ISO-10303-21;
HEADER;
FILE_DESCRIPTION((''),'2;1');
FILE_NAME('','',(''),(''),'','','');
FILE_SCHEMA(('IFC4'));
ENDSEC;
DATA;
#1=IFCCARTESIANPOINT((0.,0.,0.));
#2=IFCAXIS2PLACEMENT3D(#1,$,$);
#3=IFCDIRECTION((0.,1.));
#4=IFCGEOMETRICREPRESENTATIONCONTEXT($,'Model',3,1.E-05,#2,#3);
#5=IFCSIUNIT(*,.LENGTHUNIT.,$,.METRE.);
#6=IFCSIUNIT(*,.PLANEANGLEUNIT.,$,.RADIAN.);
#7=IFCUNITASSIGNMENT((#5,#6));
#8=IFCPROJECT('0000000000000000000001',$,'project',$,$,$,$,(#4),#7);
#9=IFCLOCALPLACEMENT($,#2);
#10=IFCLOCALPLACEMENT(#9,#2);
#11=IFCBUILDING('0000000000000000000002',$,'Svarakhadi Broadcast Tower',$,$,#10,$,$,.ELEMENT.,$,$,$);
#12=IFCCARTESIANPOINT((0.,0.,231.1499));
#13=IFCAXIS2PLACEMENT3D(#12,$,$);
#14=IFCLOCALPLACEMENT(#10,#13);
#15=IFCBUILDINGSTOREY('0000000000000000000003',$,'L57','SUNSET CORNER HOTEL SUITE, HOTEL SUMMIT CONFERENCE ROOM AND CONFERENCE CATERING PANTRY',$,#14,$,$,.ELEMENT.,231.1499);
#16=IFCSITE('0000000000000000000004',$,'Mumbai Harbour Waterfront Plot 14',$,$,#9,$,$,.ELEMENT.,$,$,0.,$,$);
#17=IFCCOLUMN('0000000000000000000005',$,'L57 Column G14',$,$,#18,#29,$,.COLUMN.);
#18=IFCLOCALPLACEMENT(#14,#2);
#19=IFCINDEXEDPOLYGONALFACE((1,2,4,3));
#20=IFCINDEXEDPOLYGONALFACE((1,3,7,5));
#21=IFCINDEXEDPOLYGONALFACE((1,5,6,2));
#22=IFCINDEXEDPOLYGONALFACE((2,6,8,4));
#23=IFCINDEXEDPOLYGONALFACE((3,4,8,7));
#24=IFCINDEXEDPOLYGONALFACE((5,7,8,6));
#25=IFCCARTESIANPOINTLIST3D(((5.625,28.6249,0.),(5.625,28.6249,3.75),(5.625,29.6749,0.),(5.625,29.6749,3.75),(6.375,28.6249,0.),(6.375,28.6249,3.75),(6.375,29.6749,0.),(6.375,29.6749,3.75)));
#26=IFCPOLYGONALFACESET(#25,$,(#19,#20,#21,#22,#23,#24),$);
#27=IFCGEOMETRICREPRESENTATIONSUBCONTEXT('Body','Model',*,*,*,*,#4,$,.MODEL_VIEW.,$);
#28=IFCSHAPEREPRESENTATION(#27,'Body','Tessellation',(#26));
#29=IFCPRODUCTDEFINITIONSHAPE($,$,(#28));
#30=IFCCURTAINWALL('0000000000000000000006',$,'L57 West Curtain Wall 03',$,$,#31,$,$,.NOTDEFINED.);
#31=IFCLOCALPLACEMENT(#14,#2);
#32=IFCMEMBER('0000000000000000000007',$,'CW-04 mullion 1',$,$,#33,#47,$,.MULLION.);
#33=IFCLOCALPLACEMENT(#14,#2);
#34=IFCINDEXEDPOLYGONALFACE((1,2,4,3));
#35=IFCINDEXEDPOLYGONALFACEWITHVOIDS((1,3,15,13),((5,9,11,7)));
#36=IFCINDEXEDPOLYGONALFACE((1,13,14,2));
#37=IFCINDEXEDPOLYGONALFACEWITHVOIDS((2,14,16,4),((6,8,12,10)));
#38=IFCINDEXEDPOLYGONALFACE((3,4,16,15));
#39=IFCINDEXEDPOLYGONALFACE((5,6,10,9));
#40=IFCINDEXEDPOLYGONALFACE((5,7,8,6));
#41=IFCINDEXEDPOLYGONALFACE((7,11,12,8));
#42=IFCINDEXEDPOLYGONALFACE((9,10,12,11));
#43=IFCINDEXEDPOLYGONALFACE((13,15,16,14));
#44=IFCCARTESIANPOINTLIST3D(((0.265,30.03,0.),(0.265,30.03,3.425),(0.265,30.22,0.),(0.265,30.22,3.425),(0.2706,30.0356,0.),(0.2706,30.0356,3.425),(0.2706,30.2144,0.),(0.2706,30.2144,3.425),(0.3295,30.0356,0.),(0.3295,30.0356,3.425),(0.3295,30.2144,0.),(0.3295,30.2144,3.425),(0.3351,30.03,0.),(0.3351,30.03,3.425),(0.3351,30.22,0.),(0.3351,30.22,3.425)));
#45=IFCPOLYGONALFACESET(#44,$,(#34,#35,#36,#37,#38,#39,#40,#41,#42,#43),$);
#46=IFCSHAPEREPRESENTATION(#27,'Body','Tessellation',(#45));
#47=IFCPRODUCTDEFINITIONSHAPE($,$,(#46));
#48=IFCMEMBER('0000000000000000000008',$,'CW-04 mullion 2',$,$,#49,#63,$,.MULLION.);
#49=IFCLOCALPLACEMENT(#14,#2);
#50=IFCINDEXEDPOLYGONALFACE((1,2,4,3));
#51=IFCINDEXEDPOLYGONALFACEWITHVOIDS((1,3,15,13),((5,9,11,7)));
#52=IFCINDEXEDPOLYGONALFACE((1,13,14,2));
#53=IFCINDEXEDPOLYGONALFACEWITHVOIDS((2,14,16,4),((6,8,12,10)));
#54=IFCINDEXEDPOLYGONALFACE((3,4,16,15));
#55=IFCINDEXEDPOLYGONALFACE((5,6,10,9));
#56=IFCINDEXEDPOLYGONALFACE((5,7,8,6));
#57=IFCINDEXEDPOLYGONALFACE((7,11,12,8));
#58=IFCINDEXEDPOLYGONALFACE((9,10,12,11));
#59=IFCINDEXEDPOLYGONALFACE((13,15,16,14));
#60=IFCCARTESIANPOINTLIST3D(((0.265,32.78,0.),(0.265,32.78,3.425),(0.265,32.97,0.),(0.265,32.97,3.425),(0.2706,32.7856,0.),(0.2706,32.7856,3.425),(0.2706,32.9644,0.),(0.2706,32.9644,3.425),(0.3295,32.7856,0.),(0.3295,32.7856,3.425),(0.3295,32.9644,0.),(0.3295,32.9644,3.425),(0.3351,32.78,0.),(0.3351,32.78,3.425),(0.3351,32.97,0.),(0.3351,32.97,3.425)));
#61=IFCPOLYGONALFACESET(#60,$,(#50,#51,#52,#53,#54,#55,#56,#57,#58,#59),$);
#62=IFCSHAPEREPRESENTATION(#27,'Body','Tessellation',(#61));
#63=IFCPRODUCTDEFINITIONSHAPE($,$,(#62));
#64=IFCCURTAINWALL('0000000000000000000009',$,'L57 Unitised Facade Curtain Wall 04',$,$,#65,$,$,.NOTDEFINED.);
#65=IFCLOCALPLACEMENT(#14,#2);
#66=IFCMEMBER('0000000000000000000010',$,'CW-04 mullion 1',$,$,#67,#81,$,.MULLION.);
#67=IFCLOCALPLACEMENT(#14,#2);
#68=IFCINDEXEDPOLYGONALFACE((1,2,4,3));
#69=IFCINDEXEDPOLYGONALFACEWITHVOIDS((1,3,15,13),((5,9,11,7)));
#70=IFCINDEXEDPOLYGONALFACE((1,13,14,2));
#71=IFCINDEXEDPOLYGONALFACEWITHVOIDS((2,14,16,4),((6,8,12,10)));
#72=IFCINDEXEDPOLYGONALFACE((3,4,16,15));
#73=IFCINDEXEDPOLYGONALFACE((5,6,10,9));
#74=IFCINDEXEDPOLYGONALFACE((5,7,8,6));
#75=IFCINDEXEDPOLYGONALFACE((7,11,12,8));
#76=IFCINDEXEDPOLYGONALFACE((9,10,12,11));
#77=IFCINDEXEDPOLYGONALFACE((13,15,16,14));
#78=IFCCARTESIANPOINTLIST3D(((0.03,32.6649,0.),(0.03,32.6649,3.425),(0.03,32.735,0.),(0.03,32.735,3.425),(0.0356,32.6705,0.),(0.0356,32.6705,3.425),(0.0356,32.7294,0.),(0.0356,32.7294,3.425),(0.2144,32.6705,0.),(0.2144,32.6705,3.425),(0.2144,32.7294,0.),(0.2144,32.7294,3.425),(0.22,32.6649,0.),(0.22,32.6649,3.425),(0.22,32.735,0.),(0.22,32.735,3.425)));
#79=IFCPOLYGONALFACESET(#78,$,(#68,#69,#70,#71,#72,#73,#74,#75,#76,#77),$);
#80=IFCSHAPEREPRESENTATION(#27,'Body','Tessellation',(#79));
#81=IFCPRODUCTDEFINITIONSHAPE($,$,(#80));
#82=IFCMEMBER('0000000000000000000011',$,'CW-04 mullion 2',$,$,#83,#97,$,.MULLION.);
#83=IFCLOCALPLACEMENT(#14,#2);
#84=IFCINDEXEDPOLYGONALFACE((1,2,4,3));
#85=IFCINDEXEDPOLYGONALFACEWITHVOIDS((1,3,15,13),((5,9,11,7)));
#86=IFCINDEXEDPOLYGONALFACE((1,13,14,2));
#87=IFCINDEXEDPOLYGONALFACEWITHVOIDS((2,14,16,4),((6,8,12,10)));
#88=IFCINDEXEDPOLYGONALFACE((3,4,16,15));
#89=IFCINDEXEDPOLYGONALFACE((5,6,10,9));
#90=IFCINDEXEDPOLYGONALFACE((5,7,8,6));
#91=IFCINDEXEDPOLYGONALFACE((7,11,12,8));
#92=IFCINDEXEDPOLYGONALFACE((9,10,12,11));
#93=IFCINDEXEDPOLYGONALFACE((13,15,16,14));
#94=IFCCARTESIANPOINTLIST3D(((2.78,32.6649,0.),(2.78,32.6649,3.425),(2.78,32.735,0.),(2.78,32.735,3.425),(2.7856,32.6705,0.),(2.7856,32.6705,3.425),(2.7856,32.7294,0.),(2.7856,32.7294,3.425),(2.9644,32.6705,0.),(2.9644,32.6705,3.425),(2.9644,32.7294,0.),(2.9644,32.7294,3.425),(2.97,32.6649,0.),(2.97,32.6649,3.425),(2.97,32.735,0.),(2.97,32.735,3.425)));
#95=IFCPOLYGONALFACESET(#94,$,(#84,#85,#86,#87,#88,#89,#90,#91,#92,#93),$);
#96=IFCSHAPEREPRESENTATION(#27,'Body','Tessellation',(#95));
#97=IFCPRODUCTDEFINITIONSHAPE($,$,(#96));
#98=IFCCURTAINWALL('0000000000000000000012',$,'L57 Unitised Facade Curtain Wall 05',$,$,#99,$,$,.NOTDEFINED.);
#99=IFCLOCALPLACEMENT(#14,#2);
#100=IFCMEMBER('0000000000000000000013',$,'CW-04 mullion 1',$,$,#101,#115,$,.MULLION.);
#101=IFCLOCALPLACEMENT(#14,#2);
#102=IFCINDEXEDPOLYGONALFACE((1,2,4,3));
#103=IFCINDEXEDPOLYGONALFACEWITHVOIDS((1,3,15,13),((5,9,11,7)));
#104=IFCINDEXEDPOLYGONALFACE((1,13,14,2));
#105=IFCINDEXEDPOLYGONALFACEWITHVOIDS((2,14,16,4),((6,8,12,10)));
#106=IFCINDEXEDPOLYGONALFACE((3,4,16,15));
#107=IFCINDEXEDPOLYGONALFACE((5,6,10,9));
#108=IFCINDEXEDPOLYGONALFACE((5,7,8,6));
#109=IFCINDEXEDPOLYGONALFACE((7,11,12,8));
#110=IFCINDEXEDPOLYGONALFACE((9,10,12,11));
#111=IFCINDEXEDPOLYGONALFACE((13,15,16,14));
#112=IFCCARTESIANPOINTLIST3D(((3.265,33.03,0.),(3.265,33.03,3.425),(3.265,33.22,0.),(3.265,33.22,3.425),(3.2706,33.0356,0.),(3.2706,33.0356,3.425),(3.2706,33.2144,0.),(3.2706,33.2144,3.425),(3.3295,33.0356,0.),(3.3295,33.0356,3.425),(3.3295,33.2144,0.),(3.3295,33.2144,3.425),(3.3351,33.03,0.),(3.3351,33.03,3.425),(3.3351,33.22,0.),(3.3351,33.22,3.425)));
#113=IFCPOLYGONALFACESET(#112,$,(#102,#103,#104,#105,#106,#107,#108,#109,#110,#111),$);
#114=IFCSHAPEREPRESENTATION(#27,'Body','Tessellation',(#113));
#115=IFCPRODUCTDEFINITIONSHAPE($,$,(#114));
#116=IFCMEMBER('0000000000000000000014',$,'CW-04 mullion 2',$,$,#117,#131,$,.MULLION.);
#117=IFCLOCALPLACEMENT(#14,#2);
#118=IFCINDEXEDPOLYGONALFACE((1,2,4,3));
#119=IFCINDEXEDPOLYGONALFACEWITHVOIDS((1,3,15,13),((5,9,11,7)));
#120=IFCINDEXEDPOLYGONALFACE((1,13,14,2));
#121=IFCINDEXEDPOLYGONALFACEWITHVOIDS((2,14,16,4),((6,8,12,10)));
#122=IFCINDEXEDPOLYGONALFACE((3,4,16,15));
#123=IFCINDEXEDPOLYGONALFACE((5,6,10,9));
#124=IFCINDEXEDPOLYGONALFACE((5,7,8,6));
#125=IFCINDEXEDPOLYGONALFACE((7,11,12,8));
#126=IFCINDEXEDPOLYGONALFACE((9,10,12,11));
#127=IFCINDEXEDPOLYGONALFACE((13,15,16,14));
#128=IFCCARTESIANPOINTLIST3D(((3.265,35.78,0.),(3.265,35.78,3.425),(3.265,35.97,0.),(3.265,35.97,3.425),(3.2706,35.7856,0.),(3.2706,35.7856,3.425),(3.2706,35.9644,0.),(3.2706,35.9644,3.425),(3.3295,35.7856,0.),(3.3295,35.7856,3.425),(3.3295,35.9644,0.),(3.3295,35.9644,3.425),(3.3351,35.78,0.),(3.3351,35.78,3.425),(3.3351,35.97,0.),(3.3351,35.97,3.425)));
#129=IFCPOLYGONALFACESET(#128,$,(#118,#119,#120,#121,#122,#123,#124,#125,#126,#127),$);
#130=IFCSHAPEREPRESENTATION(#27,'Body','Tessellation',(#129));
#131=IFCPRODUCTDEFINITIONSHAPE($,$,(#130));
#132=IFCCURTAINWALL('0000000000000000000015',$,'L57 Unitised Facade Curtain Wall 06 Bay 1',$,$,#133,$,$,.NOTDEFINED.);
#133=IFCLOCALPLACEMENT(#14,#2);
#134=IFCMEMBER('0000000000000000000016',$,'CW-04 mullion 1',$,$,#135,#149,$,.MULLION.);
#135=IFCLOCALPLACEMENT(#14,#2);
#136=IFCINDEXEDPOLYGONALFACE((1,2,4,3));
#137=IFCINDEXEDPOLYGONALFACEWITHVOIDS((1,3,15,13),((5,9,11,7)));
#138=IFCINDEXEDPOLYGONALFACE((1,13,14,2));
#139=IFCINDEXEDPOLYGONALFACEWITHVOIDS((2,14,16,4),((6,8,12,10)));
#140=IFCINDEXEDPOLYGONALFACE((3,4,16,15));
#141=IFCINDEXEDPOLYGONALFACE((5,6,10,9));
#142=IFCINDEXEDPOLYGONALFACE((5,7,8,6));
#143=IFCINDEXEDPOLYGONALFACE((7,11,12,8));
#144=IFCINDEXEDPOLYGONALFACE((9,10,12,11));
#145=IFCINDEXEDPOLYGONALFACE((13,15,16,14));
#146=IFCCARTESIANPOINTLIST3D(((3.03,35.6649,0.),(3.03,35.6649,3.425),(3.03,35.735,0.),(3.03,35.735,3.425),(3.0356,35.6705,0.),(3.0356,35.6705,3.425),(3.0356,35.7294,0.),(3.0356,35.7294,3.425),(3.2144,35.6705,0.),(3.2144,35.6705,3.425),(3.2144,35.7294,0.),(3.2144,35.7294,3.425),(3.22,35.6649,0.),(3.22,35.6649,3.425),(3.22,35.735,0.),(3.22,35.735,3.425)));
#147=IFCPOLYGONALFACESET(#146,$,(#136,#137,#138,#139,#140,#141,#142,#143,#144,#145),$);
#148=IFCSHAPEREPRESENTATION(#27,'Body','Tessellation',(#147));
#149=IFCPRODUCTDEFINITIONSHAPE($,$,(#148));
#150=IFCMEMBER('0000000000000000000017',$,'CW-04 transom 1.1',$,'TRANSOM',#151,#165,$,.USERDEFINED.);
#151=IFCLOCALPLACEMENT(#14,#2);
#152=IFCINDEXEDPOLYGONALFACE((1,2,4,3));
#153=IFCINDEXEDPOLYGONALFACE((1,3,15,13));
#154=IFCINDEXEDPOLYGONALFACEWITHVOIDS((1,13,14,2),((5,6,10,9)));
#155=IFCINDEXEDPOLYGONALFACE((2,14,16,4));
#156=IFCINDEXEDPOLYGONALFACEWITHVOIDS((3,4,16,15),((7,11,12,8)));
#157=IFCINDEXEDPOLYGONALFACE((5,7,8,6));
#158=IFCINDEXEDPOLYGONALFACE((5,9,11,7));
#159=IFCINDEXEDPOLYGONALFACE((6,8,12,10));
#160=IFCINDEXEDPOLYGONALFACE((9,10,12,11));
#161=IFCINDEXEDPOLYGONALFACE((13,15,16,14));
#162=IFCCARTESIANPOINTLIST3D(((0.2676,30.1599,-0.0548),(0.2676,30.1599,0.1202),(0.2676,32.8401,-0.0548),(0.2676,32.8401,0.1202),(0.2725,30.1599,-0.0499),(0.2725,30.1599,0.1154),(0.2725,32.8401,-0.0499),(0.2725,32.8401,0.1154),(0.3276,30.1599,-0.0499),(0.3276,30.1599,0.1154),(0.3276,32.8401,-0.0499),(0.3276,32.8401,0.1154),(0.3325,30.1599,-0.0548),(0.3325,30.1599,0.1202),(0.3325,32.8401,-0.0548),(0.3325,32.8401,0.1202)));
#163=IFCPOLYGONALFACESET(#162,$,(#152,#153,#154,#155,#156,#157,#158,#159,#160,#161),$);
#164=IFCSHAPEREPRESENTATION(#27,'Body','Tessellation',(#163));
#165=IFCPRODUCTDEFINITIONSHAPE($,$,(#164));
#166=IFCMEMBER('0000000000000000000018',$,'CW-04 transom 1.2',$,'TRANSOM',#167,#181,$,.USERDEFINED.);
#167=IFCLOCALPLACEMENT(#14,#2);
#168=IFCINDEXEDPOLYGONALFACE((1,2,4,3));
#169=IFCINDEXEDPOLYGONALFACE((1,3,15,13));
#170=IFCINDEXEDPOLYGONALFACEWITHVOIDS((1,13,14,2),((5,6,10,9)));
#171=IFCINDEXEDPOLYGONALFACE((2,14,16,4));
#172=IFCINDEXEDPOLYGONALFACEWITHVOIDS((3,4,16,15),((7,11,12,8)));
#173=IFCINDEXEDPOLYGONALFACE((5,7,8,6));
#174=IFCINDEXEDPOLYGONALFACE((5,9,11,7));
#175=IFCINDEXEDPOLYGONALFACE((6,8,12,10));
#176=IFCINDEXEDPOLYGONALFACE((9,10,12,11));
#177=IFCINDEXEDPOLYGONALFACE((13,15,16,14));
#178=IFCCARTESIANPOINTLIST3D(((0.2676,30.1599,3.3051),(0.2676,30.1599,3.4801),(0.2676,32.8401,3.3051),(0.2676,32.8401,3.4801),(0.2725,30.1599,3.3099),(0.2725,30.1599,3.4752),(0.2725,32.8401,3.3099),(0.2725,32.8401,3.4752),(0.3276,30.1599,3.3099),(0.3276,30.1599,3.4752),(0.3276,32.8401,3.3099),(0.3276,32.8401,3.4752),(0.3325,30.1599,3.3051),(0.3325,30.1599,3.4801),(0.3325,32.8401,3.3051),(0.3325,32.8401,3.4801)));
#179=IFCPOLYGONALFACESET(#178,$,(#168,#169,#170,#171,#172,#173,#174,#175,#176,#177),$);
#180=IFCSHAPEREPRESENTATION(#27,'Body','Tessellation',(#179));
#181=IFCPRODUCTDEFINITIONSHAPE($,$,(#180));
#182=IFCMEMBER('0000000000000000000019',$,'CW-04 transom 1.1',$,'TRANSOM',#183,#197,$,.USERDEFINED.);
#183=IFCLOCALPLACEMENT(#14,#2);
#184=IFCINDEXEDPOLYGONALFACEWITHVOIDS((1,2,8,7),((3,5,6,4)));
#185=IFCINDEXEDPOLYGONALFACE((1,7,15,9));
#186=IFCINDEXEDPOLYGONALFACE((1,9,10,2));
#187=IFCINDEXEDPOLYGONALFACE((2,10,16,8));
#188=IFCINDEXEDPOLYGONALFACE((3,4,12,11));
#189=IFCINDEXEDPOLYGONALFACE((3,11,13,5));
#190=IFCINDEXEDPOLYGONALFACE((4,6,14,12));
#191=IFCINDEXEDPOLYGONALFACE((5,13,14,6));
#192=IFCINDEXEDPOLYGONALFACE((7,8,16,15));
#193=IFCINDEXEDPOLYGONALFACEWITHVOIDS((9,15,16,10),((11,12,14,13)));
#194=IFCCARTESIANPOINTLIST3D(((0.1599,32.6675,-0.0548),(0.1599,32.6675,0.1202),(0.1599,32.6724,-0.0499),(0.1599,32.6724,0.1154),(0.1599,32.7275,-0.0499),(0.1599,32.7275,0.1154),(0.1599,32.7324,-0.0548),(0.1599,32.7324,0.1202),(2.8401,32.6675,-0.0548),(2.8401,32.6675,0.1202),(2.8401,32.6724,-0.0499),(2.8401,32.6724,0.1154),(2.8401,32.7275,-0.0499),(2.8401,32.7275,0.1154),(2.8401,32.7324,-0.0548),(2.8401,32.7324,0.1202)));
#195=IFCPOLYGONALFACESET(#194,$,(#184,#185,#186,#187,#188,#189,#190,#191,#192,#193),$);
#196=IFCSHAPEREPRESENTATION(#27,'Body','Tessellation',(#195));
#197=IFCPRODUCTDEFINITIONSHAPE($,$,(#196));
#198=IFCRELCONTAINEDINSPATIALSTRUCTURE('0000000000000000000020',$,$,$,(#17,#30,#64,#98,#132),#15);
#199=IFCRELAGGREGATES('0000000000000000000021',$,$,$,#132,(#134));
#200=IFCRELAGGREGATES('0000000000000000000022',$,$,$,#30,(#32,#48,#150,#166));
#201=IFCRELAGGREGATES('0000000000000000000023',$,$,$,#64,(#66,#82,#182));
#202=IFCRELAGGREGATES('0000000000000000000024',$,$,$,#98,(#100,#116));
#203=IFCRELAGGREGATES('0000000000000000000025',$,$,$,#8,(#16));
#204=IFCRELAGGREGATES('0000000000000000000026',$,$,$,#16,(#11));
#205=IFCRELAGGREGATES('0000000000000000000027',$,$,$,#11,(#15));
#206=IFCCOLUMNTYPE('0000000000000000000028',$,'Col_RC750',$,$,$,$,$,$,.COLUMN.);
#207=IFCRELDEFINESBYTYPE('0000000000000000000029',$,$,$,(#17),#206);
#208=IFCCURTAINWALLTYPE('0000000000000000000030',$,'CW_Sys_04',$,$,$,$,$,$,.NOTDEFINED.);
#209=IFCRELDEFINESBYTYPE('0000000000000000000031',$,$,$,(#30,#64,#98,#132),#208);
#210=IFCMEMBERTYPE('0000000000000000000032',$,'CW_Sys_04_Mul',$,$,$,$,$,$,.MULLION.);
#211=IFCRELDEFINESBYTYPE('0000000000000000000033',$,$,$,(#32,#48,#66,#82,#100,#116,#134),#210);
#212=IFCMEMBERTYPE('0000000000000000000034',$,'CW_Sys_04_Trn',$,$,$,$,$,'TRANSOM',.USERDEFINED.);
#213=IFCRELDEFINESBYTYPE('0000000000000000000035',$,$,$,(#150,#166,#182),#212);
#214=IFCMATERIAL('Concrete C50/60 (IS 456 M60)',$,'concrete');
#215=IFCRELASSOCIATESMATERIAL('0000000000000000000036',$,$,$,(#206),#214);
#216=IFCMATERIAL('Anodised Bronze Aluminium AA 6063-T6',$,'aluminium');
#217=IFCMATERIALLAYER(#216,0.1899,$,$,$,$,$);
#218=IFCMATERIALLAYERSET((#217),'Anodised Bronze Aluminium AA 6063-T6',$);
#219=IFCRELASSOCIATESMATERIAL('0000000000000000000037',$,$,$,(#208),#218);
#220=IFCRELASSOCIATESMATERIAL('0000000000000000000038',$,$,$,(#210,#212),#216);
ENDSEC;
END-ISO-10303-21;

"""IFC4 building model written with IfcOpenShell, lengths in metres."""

from ifc_helpers import new_model, si_unit, direction, frame, origin, origin_2d, place, context, subcontext, project, spatial, rectangle, hollow_rectangle, extrude, material, layer, layer_set, material_profile, profile_set, type_object, element, aggregate, save


model = new_model("IFC4")

# Units and contexts
model_context = context("Model", 3, precision=1e-05, world=origin(), true_north=direction((0.0, 1.0)))
body_context = subcontext(model_context, "Body", "Model", "MODEL_VIEW")
ifc_project = project(units=[si_unit("LENGTHUNIT", "METRE"), si_unit("PLANEANGLEUNIT", "RADIAN")], contexts=[model_context])

# Site, building, storey
site_placement = place(None, origin())
site = spatial("IfcSite", under=ifc_project, at=site_placement, Name="Mumbai Harbour Waterfront Plot 14", CompositionType="ELEMENT", RefElevation=0.0)
building_placement = place(site_placement, origin())
building = spatial("IfcBuilding", under=site, at=building_placement, Name="Svarakhadi Broadcast Tower", CompositionType="ELEMENT")
storey_placement = place(building_placement, frame((0.0, 0.0, 231.1499)))
storey = spatial("IfcBuildingStorey", under=building, at=storey_placement, Name="L57", Description="SUNSET CORNER HOTEL SUITE, HOTEL SUMMIT CONFERENCE ROOM AND CONFERENCE CATERING PANTRY", CompositionType="ELEMENT", Elevation=231.1499)

# Column
ifc_material_1 = material(Name="Concrete C50/60 (IS 456 M60)", Category="concrete")
ifc_material_profile_1 = material_profile(ifc_material_1, rectangle(XDim=0.75, YDim=1.05, at=origin_2d()), Name="RC 750x1050")
ifc_profile_set_1 = profile_set([ifc_material_profile_1], Name="Concrete C50/60 (IS 456 M60)")
column_type = type_object("IfcColumnType", Name="Col_RC750", PredefinedType="COLUMN", material=ifc_profile_set_1)
column_placement = place(storey_placement, frame((6.0, 29.1499, 0.0), z_axis=(0.0, 0.0, 1.0), x_axis=(1.0, 0.0, 0.0)))
element("IfcColumn", 1, at=column_placement, inside=storey, type_object=column_type, Name="L57 Column G14", PredefinedType="COLUMN", context=body_context, shape_type="SweptSolid", body=[
    extrude(rectangle(XDim=0.75, YDim=1.05, at=origin_2d()), origin(), (0.0, 0.0, 1.0), 3.75),
])

# Curtain walls, members
ifc_material_2 = material(Name="Anodised Bronze Aluminium AA 6063-T6", Category="aluminium")
ifc_layer_1 = layer(ifc_material_2, 0.1899)
ifc_layer_set_1 = layer_set([ifc_layer_1], Name="Anodised Bronze Aluminium AA 6063-T6")
curtain_wall_type = type_object("IfcCurtainWallType", Name="CW_Sys_04", PredefinedType="NOTDEFINED", material=ifc_layer_set_1)
curtain_wall_1_placement = place(storey_placement, origin())
curtain_wall_1 = element("IfcCurtainWall", 2, at=curtain_wall_1_placement, inside=storey, type_object=curtain_wall_type, Name="L57 West Curtain Wall 03", PredefinedType="NOTDEFINED")
ifc_material_profile_2 = material_profile(ifc_material_2, hollow_rectangle(XDim=0.0701, YDim=0.1899, WallThickness=0.0056, at=origin_2d()), Name="ALU MULLION 190x70x6")
ifc_profile_set_2 = profile_set([ifc_material_profile_2], Name="Anodised Bronze Aluminium AA 6063-T6")
member_type_1 = type_object("IfcMemberType", Name="CW_Sys_04_Mul", PredefinedType="MULLION", material=ifc_profile_set_2)
member_1_placement = place(storey_placement, frame((0.3, 30.125, 0.0), z_axis=(0.0, 0.0, 1.0), x_axis=(-1.0, 0.0, 0.0)))
member_1 = element("IfcMember", 3, at=member_1_placement, type_object=member_type_1, Name="CW-04 mullion 1", PredefinedType="MULLION", context=body_context, shape_type="SweptSolid", body=[
    extrude(hollow_rectangle(XDim=0.0701, YDim=0.1899, WallThickness=0.0056, at=origin_2d()), origin(), (0.0, 0.0, 1.0), 3.425),
])
member_2_placement = place(storey_placement, frame((0.3, 32.875, 0.0), z_axis=(0.0, 0.0, 1.0), x_axis=(-1.0, 0.0, 0.0)))
member_2 = element("IfcMember", 4, at=member_2_placement, type_object=member_type_1, Name="CW-04 mullion 2", PredefinedType="MULLION", context=body_context, shape_type="SweptSolid", body=[
    extrude(hollow_rectangle(XDim=0.0701, YDim=0.1899, WallThickness=0.0056, at=origin_2d()), origin(), (0.0, 0.0, 1.0), 3.425),
])
curtain_wall_2_placement = place(storey_placement, origin())
curtain_wall_2 = element("IfcCurtainWall", 5, at=curtain_wall_2_placement, inside=storey, type_object=curtain_wall_type, Name="L57 Unitised Facade Curtain Wall 04", PredefinedType="NOTDEFINED")
member_3_placement = place(storey_placement, frame((0.125, 32.7, 0.0), z_axis=(0.0, 0.0, 1.0), x_axis=(0.0, 1.0, 0.0)))
member_3 = element("IfcMember", 6, at=member_3_placement, type_object=member_type_1, Name="CW-04 mullion 1", PredefinedType="MULLION", context=body_context, shape_type="SweptSolid", body=[
    extrude(hollow_rectangle(XDim=0.0701, YDim=0.1899, WallThickness=0.0056, at=origin_2d()), origin(), (0.0, 0.0, 1.0), 3.425),
])
member_4_placement = place(storey_placement, frame((2.875, 32.7, 0.0), z_axis=(0.0, 0.0, 1.0), x_axis=(0.0, 1.0, 0.0)))
member_4 = element("IfcMember", 7, at=member_4_placement, type_object=member_type_1, Name="CW-04 mullion 2", PredefinedType="MULLION", context=body_context, shape_type="SweptSolid", body=[
    extrude(hollow_rectangle(XDim=0.0701, YDim=0.1899, WallThickness=0.0056, at=origin_2d()), origin(), (0.0, 0.0, 1.0), 3.425),
])
curtain_wall_3_placement = place(storey_placement, origin())
curtain_wall_3 = element("IfcCurtainWall", 8, at=curtain_wall_3_placement, inside=storey, type_object=curtain_wall_type, Name="L57 Unitised Facade Curtain Wall 05", PredefinedType="NOTDEFINED")
member_5_placement = place(storey_placement, frame((3.3, 33.125, 0.0), z_axis=(0.0, 0.0, 1.0), x_axis=(-1.0, 0.0, 0.0)))
member_5 = element("IfcMember", 9, at=member_5_placement, type_object=member_type_1, Name="CW-04 mullion 1", PredefinedType="MULLION", context=body_context, shape_type="SweptSolid", body=[
    extrude(hollow_rectangle(XDim=0.0701, YDim=0.1899, WallThickness=0.0056, at=origin_2d()), origin(), (0.0, 0.0, 1.0), 3.425),
])
member_6_placement = place(storey_placement, frame((3.3, 35.875, 0.0), z_axis=(0.0, 0.0, 1.0), x_axis=(-1.0, 0.0, 0.0)))
member_6 = element("IfcMember", 10, at=member_6_placement, type_object=member_type_1, Name="CW-04 mullion 2", PredefinedType="MULLION", context=body_context, shape_type="SweptSolid", body=[
    extrude(hollow_rectangle(XDim=0.0701, YDim=0.1899, WallThickness=0.0056, at=origin_2d()), origin(), (0.0, 0.0, 1.0), 3.425),
])

# Curtain wall, member
curtain_wall_4_placement = place(storey_placement, origin())
curtain_wall_4 = element("IfcCurtainWall", 11, at=curtain_wall_4_placement, inside=storey, type_object=curtain_wall_type, Name="L57 Unitised Facade Curtain Wall 06 Bay 1", PredefinedType="NOTDEFINED")
member_7_placement = place(storey_placement, frame((3.125, 35.7, 0.0), z_axis=(0.0, 0.0, 1.0), x_axis=(0.0, 1.0, 0.0)))
member_7 = element("IfcMember", 12, at=member_7_placement, type_object=member_type_1, Name="CW-04 mullion 1", PredefinedType="MULLION", context=body_context, shape_type="SweptSolid", body=[
    extrude(hollow_rectangle(XDim=0.0701, YDim=0.1899, WallThickness=0.0056, at=origin_2d()), origin(), (0.0, 0.0, 1.0), 3.425),
])

# Members
ifc_material_profile_3 = material_profile(ifc_material_2, hollow_rectangle(XDim=0.0649, YDim=0.175, WallThickness=0.0049, at=origin_2d()), Name="ALU TRANSOM 175x65x5")
ifc_profile_set_3 = profile_set([ifc_material_profile_3], Name="Anodised Bronze Aluminium AA 6063-T6")
member_type_2 = type_object("IfcMemberType", Name="CW_Sys_04_Trn", ElementType="TRANSOM", PredefinedType="USERDEFINED", material=ifc_profile_set_3)
member_8_placement = place(storey_placement, frame((0.3, 30.1599, 0.0327), z_axis=(0.0, 1.0, 0.0), x_axis=(-1.0, 0.0, 0.0)))
member_8 = element("IfcMember", 13, at=member_8_placement, type_object=member_type_2, Name="CW-04 transom 1.1", ObjectType="TRANSOM", PredefinedType="USERDEFINED", context=body_context, shape_type="SweptSolid", body=[
    extrude(hollow_rectangle(XDim=0.0649, YDim=0.175, WallThickness=0.0049, at=origin_2d()), origin(), (0.0, 0.0, 1.0), 2.6802),
])
member_9_placement = place(storey_placement, frame((0.3, 30.1599, 3.3926), z_axis=(0.0, 1.0, 0.0), x_axis=(-1.0, 0.0, 0.0)))
member_9 = element("IfcMember", 14, at=member_9_placement, type_object=member_type_2, Name="CW-04 transom 1.2", ObjectType="TRANSOM", PredefinedType="USERDEFINED", context=body_context, shape_type="SweptSolid", body=[
    extrude(hollow_rectangle(XDim=0.0649, YDim=0.175, WallThickness=0.0049, at=origin_2d()), origin(), (0.0, 0.0, 1.0), 2.6802),
])
member_10_placement = place(storey_placement, frame((0.1599, 32.7, 0.0327), z_axis=(1.0, 0.0, 0.0), x_axis=(0.0, 1.0, 0.0)))
member_10 = element("IfcMember", 15, at=member_10_placement, type_object=member_type_2, Name="CW-04 transom 1.1", ObjectType="TRANSOM", PredefinedType="USERDEFINED", context=body_context, shape_type="SweptSolid", body=[
    extrude(hollow_rectangle(XDim=0.0649, YDim=0.175, WallThickness=0.0049, at=origin_2d()), origin(), (0.0, 0.0, 1.0), 2.6802),
])
aggregate(curtain_wall_4, [member_7])

aggregate(curtain_wall_1, [member_1, member_2, member_8, member_9])
aggregate(curtain_wall_2, [member_3, member_4, member_10])
aggregate(curtain_wall_3, [member_5, member_6])

save(model, "model.ifc")
